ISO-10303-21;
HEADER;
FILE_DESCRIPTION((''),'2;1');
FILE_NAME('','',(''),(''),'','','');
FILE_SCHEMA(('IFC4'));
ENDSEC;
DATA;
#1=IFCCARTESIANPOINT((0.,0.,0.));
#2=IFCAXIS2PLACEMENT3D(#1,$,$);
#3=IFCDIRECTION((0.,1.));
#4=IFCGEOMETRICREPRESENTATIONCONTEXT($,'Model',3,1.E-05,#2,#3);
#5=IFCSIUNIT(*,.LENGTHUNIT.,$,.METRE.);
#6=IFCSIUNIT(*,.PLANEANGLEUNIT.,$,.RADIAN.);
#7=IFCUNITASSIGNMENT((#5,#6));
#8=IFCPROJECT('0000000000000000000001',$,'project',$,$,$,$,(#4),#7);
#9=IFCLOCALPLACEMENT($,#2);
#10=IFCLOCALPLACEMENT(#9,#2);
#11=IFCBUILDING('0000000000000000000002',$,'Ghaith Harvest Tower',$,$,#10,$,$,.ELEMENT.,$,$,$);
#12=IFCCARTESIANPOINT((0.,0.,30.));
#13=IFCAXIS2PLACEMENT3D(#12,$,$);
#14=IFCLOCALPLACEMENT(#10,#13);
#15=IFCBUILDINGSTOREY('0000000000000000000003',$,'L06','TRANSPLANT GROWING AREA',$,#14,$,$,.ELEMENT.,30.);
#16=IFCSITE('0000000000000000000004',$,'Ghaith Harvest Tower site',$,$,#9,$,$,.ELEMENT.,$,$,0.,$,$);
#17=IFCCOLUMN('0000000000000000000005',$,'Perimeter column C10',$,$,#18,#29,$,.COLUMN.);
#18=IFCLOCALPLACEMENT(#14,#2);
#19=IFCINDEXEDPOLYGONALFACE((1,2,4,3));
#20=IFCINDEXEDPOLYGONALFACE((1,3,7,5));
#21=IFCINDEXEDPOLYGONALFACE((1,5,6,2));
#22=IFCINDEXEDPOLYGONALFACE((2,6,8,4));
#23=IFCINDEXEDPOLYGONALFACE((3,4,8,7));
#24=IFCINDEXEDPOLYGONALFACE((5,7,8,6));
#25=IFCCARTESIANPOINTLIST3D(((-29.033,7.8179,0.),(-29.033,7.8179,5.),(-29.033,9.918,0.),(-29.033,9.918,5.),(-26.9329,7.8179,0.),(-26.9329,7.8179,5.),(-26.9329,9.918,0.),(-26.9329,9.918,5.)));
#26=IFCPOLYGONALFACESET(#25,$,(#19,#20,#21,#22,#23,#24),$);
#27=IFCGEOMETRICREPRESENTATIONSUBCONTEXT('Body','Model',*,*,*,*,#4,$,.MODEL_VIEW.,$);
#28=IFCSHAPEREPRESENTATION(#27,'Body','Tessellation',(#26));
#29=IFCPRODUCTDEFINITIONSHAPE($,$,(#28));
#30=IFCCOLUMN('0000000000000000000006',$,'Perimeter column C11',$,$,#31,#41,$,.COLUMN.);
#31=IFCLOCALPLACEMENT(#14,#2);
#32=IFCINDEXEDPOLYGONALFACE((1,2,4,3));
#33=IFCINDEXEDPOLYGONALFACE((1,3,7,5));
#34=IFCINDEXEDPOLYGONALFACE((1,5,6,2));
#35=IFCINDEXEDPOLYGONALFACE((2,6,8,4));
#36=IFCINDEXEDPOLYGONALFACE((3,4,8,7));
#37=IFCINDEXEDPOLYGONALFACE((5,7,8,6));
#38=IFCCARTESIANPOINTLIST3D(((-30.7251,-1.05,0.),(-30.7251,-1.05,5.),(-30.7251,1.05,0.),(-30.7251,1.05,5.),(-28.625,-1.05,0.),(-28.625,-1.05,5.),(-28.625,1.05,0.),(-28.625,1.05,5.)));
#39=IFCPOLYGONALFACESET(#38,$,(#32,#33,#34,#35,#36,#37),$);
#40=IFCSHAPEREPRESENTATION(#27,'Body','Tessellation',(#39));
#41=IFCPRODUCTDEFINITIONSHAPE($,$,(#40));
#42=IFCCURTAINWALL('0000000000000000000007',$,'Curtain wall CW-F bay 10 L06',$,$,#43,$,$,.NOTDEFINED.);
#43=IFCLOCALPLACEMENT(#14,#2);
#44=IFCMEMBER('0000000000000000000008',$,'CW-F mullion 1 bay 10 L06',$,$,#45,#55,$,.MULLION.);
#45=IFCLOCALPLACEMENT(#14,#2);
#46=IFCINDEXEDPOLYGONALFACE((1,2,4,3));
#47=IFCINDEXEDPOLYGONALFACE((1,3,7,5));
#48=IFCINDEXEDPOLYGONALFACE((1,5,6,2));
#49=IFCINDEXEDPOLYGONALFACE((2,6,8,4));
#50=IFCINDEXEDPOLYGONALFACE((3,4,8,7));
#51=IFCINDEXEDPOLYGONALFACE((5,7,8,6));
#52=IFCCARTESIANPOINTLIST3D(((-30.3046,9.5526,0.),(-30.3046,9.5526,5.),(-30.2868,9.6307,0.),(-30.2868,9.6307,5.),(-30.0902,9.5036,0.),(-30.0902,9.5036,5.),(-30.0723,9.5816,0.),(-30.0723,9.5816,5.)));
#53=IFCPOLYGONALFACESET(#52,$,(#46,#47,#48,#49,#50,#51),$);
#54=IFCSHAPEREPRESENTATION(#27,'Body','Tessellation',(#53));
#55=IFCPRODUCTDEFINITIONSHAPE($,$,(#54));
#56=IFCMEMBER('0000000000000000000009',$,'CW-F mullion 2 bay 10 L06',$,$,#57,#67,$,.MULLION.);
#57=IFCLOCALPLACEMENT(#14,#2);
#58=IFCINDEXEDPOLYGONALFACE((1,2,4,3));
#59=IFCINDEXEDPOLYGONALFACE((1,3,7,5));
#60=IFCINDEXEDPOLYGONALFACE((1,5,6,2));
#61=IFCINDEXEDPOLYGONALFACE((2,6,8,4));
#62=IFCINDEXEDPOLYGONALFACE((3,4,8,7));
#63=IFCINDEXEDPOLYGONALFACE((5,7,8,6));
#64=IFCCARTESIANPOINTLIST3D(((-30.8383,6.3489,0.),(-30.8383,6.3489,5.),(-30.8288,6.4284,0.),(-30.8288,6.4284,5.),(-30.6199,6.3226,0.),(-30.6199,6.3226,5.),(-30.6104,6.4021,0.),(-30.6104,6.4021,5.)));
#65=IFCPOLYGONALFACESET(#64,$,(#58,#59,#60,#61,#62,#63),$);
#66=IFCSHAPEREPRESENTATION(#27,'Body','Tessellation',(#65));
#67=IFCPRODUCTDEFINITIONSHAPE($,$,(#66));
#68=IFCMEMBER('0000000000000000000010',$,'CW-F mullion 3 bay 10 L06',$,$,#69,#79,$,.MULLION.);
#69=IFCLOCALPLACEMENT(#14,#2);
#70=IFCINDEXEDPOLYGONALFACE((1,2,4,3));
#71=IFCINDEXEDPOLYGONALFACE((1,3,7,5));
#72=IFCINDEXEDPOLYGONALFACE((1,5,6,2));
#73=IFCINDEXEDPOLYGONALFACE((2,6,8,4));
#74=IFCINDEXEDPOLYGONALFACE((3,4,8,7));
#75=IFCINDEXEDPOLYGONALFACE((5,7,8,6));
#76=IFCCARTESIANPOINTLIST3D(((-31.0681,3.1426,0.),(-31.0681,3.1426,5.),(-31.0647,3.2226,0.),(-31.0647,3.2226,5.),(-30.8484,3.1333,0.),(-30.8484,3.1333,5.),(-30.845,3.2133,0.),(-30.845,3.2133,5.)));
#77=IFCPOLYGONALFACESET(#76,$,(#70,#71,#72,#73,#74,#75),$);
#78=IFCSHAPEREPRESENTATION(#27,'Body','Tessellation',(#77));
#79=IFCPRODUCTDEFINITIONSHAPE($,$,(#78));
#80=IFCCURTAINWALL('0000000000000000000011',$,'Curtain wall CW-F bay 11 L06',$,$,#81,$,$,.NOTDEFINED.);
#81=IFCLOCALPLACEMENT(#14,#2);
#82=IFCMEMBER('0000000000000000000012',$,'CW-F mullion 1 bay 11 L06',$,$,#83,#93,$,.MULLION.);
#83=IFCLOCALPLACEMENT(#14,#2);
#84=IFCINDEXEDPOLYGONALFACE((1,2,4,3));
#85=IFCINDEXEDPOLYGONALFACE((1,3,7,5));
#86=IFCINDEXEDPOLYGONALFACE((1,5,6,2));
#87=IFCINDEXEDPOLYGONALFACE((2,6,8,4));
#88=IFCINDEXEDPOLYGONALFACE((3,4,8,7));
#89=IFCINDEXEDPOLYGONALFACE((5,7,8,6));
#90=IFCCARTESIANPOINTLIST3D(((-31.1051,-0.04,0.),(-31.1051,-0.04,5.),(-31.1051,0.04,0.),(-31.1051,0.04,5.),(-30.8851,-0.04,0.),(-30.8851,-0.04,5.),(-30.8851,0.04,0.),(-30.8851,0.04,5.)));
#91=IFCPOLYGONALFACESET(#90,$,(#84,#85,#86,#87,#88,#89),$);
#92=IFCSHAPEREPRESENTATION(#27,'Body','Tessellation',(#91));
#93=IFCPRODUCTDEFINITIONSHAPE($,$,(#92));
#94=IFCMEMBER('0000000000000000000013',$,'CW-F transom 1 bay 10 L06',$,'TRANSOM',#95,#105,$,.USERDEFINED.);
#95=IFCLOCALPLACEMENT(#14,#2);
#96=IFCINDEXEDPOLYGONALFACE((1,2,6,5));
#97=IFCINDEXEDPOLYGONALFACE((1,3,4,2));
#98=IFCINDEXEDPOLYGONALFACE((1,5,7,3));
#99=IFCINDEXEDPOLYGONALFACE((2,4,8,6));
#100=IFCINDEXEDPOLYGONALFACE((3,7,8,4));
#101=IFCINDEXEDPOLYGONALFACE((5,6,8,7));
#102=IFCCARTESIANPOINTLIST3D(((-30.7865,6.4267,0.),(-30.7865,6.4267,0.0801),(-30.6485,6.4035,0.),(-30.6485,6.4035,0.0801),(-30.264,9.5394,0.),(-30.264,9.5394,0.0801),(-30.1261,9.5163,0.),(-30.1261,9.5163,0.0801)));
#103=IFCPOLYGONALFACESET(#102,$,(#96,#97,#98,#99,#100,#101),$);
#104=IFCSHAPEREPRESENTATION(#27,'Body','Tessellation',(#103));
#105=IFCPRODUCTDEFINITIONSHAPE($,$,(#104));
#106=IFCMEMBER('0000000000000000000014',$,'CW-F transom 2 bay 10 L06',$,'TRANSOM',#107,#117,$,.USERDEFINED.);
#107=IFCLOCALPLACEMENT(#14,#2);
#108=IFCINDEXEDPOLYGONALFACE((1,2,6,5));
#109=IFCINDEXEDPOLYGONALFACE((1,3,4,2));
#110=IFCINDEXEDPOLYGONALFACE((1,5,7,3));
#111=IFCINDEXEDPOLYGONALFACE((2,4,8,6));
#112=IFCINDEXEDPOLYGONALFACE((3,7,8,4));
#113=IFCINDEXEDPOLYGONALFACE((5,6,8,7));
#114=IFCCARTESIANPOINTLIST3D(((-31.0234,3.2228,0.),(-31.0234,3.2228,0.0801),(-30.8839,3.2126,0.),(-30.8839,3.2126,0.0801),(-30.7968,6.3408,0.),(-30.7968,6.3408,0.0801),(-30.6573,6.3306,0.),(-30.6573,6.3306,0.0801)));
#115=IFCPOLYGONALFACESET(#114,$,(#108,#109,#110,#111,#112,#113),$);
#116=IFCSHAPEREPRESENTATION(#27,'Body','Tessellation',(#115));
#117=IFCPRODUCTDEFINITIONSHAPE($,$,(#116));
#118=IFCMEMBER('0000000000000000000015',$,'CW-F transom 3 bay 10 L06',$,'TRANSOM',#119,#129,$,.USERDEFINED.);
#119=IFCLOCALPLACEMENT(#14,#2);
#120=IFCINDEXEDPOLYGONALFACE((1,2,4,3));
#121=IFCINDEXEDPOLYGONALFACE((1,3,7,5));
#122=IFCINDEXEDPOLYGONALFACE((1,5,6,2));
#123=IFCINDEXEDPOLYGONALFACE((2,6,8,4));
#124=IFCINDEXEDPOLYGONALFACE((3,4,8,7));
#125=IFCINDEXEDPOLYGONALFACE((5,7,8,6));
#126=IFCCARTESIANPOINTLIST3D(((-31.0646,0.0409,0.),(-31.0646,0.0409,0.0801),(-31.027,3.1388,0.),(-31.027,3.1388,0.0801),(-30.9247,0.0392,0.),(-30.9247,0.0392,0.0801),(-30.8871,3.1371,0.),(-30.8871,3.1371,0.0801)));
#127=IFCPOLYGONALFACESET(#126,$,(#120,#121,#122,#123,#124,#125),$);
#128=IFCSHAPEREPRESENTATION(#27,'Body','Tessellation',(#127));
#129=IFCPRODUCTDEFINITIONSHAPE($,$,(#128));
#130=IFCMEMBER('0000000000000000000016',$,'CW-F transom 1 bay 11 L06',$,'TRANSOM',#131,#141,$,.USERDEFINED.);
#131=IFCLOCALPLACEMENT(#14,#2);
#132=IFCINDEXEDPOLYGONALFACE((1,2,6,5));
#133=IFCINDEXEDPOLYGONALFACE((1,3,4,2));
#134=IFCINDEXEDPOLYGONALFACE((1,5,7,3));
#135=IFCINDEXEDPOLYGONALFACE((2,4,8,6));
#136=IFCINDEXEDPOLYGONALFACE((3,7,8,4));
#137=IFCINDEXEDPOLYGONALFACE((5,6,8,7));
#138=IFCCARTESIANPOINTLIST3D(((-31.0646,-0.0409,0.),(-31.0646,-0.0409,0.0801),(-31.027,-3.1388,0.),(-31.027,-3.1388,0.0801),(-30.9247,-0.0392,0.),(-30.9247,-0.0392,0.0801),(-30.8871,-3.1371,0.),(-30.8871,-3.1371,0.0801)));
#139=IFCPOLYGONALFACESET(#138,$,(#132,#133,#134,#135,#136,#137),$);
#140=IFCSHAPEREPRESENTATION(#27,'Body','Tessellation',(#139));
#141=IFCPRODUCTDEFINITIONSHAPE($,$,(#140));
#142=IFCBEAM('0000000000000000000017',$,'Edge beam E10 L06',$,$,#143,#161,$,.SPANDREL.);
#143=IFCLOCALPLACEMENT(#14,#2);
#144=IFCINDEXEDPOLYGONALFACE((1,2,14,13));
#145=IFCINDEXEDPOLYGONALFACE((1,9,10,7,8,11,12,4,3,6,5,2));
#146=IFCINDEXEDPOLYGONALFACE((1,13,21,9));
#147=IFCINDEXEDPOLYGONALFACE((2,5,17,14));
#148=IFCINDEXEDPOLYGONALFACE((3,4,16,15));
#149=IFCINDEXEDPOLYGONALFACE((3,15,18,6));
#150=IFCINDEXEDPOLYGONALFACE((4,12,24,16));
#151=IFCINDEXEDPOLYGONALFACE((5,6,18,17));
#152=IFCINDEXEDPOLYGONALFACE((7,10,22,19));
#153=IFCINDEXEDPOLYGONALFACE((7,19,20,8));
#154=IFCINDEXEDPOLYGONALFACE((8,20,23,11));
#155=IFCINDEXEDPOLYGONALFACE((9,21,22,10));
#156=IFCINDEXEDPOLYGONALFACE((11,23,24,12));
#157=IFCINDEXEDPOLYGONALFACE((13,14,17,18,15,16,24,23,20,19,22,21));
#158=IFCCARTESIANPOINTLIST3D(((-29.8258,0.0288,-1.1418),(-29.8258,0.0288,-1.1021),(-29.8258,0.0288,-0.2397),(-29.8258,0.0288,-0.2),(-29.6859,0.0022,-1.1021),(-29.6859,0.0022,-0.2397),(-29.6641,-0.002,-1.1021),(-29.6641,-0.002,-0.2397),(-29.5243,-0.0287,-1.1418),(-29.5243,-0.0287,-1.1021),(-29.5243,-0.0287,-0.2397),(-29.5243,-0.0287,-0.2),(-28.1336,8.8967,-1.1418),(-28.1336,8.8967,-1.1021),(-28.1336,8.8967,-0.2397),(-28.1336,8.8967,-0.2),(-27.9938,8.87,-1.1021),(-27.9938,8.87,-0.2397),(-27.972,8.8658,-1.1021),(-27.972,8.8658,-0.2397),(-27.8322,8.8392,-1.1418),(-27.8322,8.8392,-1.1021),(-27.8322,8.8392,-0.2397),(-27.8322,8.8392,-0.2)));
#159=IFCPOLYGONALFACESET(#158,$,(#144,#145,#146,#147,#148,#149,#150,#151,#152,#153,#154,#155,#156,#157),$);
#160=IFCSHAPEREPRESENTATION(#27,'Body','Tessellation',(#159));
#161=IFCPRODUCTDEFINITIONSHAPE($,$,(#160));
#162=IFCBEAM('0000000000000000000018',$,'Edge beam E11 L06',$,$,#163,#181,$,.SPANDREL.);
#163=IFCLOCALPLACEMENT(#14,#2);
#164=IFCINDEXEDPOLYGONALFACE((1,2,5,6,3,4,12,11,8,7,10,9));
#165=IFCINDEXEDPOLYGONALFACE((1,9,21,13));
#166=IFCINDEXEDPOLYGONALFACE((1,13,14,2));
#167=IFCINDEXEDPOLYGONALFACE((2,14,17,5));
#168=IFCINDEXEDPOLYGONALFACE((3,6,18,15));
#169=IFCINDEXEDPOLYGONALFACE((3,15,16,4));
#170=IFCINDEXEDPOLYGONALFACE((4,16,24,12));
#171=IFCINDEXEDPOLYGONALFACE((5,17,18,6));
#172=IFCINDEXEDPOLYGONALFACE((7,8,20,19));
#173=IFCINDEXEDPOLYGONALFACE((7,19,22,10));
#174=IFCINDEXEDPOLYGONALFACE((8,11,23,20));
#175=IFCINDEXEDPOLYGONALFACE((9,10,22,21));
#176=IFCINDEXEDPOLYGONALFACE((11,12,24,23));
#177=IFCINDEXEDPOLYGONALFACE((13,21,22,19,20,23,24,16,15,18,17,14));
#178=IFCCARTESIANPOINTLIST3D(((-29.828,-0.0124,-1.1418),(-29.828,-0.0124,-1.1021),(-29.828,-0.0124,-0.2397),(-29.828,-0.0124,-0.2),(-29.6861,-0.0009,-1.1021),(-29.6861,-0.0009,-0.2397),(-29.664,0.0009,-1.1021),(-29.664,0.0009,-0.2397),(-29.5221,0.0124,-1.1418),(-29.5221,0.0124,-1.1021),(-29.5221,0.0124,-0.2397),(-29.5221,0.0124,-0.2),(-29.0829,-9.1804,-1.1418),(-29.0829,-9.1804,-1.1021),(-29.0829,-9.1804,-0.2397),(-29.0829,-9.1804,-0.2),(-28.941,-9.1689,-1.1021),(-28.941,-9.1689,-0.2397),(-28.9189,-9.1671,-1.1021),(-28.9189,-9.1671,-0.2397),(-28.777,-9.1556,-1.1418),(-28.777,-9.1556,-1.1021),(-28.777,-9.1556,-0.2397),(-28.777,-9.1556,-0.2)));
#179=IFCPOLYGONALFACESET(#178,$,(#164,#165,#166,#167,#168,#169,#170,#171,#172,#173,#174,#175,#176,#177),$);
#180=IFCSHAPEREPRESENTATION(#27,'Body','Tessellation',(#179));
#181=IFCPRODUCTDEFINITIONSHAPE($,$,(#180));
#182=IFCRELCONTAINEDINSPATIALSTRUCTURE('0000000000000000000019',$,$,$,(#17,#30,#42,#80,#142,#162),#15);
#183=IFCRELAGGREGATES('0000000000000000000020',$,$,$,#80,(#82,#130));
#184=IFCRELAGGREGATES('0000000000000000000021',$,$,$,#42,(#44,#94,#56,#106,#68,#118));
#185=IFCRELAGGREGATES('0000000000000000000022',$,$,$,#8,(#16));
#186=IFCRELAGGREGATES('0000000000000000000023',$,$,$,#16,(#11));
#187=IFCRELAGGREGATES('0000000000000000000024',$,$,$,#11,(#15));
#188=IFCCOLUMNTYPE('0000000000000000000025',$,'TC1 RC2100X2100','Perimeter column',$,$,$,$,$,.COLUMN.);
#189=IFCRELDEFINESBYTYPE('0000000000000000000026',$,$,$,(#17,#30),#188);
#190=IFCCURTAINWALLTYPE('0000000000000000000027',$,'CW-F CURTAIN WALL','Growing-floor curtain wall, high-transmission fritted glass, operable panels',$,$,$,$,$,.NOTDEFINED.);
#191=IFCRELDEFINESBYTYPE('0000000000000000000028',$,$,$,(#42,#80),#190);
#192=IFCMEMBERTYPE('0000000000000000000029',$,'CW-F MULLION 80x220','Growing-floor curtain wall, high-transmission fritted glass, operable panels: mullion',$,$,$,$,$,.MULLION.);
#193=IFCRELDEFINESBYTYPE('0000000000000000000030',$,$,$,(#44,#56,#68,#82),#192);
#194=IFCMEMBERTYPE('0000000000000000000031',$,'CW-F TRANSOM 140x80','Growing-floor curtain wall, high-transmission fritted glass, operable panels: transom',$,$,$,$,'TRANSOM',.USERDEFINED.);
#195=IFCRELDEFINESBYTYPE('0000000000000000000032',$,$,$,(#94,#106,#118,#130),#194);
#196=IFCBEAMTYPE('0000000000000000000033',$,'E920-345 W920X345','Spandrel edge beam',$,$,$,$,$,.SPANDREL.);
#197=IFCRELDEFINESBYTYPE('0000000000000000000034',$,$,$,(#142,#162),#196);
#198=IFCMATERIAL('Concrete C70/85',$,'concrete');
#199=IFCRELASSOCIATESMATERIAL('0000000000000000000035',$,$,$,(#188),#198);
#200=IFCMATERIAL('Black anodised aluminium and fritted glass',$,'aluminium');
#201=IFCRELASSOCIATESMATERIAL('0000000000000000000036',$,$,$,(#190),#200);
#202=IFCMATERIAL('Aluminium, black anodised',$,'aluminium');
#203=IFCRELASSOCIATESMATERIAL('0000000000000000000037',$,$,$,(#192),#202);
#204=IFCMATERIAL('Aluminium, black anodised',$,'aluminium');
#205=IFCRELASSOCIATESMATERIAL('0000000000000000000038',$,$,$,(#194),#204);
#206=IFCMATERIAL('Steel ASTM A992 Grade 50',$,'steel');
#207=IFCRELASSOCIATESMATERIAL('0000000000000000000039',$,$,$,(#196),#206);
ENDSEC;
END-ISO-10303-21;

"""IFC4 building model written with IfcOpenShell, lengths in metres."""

from ifc_helpers import new_model, si_unit, direction, frame, origin, origin_2d, place, context, subcontext, project, spatial, rectangle, i_section, extrude, material, material_profile, profile_set, type_object, element, aggregate, save


model = new_model("IFC4")

# Units and contexts
model_context = context("Model", 3, precision=1e-05, world=origin(), true_north=direction((0.0, 1.0)))
body_context = subcontext(model_context, "Body", "Model", "MODEL_VIEW")
ifc_project = project(units=[si_unit("LENGTHUNIT", "METRE"), si_unit("PLANEANGLEUNIT", "RADIAN")], contexts=[model_context])

# Site, building, storey
site_placement = place(None, origin())
site = spatial("IfcSite", under=ifc_project, at=site_placement, Name="Ghaith Harvest Tower site", CompositionType="ELEMENT", RefElevation=0.0)
building_placement = place(site_placement, origin())
building = spatial("IfcBuilding", under=site, at=building_placement, Name="Ghaith Harvest Tower", CompositionType="ELEMENT")
storey_placement = place(building_placement, frame((0.0, 0.0, 30.0)))
storey = spatial("IfcBuildingStorey", under=building, at=storey_placement, Name="L06", Description="TRANSPLANT GROWING AREA", CompositionType="ELEMENT", Elevation=30.0)

# Columns
ifc_material_1 = material(Name="Concrete C70/85", Category="concrete")
ifc_material_profile_1 = material_profile(ifc_material_1, rectangle(XDim=2.1001, YDim=2.1001, at=origin_2d()), Name="RC2100X2100")
ifc_profile_set_1 = profile_set([ifc_material_profile_1], Name="Concrete C70/85")
column_type = type_object("IfcColumnType", Name="TC1 RC2100X2100", Description="Perimeter column", PredefinedType="COLUMN", material=ifc_profile_set_1)
for number, where, z_axis, x_axis, name in (
    (1, (-27.9829, 8.8679, 0.0), (0.0, 0.0, 1.0), (1.0, 0.0, 0.0), "Perimeter column C10"),
    (2, (-29.675, 0.0, 0.0), (0.0, 0.0, 1.0), (1.0, 0.0, 0.0), "Perimeter column C11"),
):
    element("IfcColumn", number, at=place(storey_placement, frame(where, z_axis=z_axis, x_axis=x_axis)), inside=storey, type_object=column_type, Name=name, PredefinedType="COLUMN", context=body_context, shape_type="SweptSolid", body=[
        extrude(rectangle(XDim=2.1001, YDim=2.1001, at=origin_2d()), origin(), (0.0, 0.0, 1.0), 5.0),
    ])

# Curtain wall, members
ifc_material_2 = material(Name="Black anodised aluminium and fritted glass", Category="aluminium")
curtain_wall_type = type_object("IfcCurtainWallType", Name="CW-F CURTAIN WALL", Description="Growing-floor curtain wall, high-transmission fritted glass, operable panels", PredefinedType="NOTDEFINED", material=ifc_material_2)
curtain_wall_1_placement = place(storey_placement, origin())
curtain_wall_1 = element("IfcCurtainWall", 3, at=curtain_wall_1_placement, inside=storey, type_object=curtain_wall_type, Name="Curtain wall CW-F bay 10 L06", PredefinedType="NOTDEFINED")
ifc_material_3 = material(Name="Aluminium, black anodised", Category="aluminium")
ifc_material_profile_2 = material_profile(ifc_material_3, rectangle(XDim=0.0801, YDim=0.22, at=origin_2d()), Name="CW-F MULLION 80x220")
ifc_profile_set_2 = profile_set([ifc_material_profile_2], Name="Aluminium, black anodised")
member_type_1 = type_object("IfcMemberType", Name="CW-F MULLION 80x220", Description="Growing-floor curtain wall, high-transmission fritted glass, operable panels: mullion", PredefinedType="MULLION", material=ifc_profile_set_2)
member_1_placement = place(storey_placement, frame((-30.1885, 9.5671, 0.0), z_axis=(0.0, 0.0, 1.0), x_axis=(-0.222967, -0.974826, 0.0)))
member_1 = element("IfcMember", 4, at=member_1_placement, type_object=member_type_1, Name="CW-F mullion 1 bay 10 L06", PredefinedType="MULLION", context=body_context, shape_type="SweptSolid", body=[
    extrude(rectangle(XDim=0.0801, YDim=0.22, at=origin_2d()), origin(), (0.0, 0.0, 1.0), 5.0),
])
member_2_placement = place(storey_placement, frame((-30.7244, 6.3755, 0.0), z_axis=(0.0, 0.0, 1.0), x_axis=(-0.119353, -0.992852, 0.0)))
member_2 = element("IfcMember", 5, at=member_2_placement, type_object=member_type_1, Name="CW-F mullion 2 bay 10 L06", PredefinedType="MULLION", context=body_context, shape_type="SweptSolid", body=[
    extrude(rectangle(XDim=0.0801, YDim=0.22, at=origin_2d()), origin(), (0.0, 0.0, 1.0), 5.0),
])
member_3_placement = place(storey_placement, frame((-30.9565, 3.178, 0.0), z_axis=(0.0, 0.0, 1.0), x_axis=(-0.042427, -0.9991, 0.0)))
member_3 = element("IfcMember", 6, at=member_3_placement, type_object=member_type_1, Name="CW-F mullion 3 bay 10 L06", PredefinedType="MULLION", context=body_context, shape_type="SweptSolid", body=[
    extrude(rectangle(XDim=0.0801, YDim=0.22, at=origin_2d()), origin(), (0.0, 0.0, 1.0), 5.0),
])

# Curtain wall, member
curtain_wall_2_placement = place(storey_placement, origin())
curtain_wall_2 = element("IfcCurtainWall", 7, at=curtain_wall_2_placement, inside=storey, type_object=curtain_wall_type, Name="Curtain wall CW-F bay 11 L06", PredefinedType="NOTDEFINED")
member_4_placement = place(storey_placement, frame((-30.9951, 0.0, 0.0), z_axis=(0.0, 0.0, 1.0), x_axis=(0.0, -1.0, 0.0)))
member_4 = element("IfcMember", 8, at=member_4_placement, type_object=member_type_1, Name="CW-F mullion 1 bay 11 L06", PredefinedType="MULLION", context=body_context, shape_type="SweptSolid", body=[
    extrude(rectangle(XDim=0.0801, YDim=0.22, at=origin_2d()), origin(), (0.0, 0.0, 1.0), 5.0),
])

# Members
ifc_material_4 = material(Name="Aluminium, black anodised", Category="aluminium")
ifc_material_profile_3 = material_profile(ifc_material_4, rectangle(XDim=0.1399, YDim=0.0801, at=origin_2d()), Name="CW-F TRANSOM 140x80")
ifc_profile_set_3 = profile_set([ifc_material_profile_3], Name="Aluminium, black anodised")
member_type_2 = type_object("IfcMemberType", Name="CW-F TRANSOM 140x80", Description="Growing-floor curtain wall, high-transmission fritted glass, operable panels: transom", ElementType="TRANSOM", PredefinedType="USERDEFINED", material=ifc_profile_set_3)
member_5_placement = place(storey_placement, frame((-30.1951, 9.5278, 0.04), z_axis=(-0.165528, -0.986205, 0.0), x_axis=(0.986205, -0.165528, 0.0)))
member_5 = element("IfcMember", 9, at=member_5_placement, type_object=member_type_2, Name="CW-F transom 1 bay 10 L06", ObjectType="TRANSOM", PredefinedType="USERDEFINED", context=body_context, shape_type="SweptSolid", body=[
    extrude(rectangle(XDim=0.1399, YDim=0.0801, at=origin_2d()), origin(), (0.0, 0.0, 1.0), 3.1562),
])
member_6_placement = place(storey_placement, frame((-30.7271, 6.3357, 0.04), z_axis=(-0.072474, -0.99737, 0.0), x_axis=(0.99737, -0.072474, 0.0)))
member_6 = element("IfcMember", 10, at=member_6_placement, type_object=member_type_2, Name="CW-F transom 2 bay 10 L06", ObjectType="TRANSOM", PredefinedType="USERDEFINED", context=body_context, shape_type="SweptSolid", body=[
    extrude(rectangle(XDim=0.1399, YDim=0.0801, at=origin_2d()), origin(), (0.0, 0.0, 1.0), 3.1262),
])
member_7_placement = place(storey_placement, frame((-30.957, 3.1379, 0.04), z_axis=(-0.012136, -0.999926, 0.0), x_axis=(0.999926, -0.012136, 0.0)))
member_7 = element("IfcMember", 11, at=member_7_placement, type_object=member_type_2, Name="CW-F transom 3 bay 10 L06", ObjectType="TRANSOM", PredefinedType="USERDEFINED", context=body_context, shape_type="SweptSolid", body=[
    extrude(rectangle(XDim=0.1399, YDim=0.0801, at=origin_2d()), origin(), (0.0, 0.0, 1.0), 3.0981),
])
member_8_placement = place(storey_placement, frame((-30.9946, -0.04, 0.04), z_axis=(0.012136, -0.999926, 0.0), x_axis=(0.999926, 0.012136, 0.0)))
member_8 = element("IfcMember", 12, at=member_8_placement, type_object=member_type_2, Name="CW-F transom 1 bay 11 L06", ObjectType="TRANSOM", PredefinedType="USERDEFINED", context=body_context, shape_type="SweptSolid", body=[
    extrude(rectangle(XDim=0.1399, YDim=0.0801, at=origin_2d()), origin(), (0.0, 0.0, 1.0), 3.0981),
])
aggregate(curtain_wall_2, [member_4, member_8])

# Beams
ifc_material_5 = material(Name="Steel ASTM A992 Grade 50", Category="steel")
ifc_material_profile_4 = material_profile(ifc_material_5, i_section(OverallWidth=0.3069, OverallDepth=0.9419, WebThickness=0.0222, FlangeThickness=0.0398, at=origin_2d()), Name="W920X345")
ifc_profile_set_4 = profile_set([ifc_material_profile_4], Name="Steel ASTM A992 Grade 50")
beam_type_1 = type_object("IfcBeamType", Name="E920-345 W920X345", Description="Spandrel edge beam", PredefinedType="SPANDREL", material=ifc_profile_set_4)
beam_1_placement = place(storey_placement, frame((-27.9829, 8.8679, -0.6709), z_axis=(-0.187434, -0.982277, 0.0), x_axis=(0.982277, -0.187434, 0.0)))
element("IfcBeam", 13, at=beam_1_placement, inside=storey, type_object=beam_type_1, Name="Edge beam E10 L06", PredefinedType="SPANDREL", context=body_context, shape_type="SweptSolid", body=[
    extrude(i_section(OverallWidth=0.3069, OverallDepth=0.9419, WebThickness=0.0222, FlangeThickness=0.0398, at=origin_2d()), origin(), (0.0, 0.0, 1.0), 9.0278),
])
beam_2_placement = place(storey_placement, frame((-29.675, 0.0, -0.6709), z_axis=(0.081007, -0.996714, 0.0), x_axis=(0.996714, 0.081007, 0.0)))
element("IfcBeam", 14, at=beam_2_placement, inside=storey, type_object=beam_type_1, Name="Edge beam E11 L06", PredefinedType="SPANDREL", context=body_context, shape_type="SweptSolid", body=[
    extrude(i_section(OverallWidth=0.3069, OverallDepth=0.9419, WebThickness=0.0222, FlangeThickness=0.0398, at=origin_2d()), origin(), (0.0, 0.0, 1.0), 9.1982),
])

aggregate(curtain_wall_1, [member_1, member_5, member_2, member_6, member_3, member_7])

save(model, "model.ifc")
